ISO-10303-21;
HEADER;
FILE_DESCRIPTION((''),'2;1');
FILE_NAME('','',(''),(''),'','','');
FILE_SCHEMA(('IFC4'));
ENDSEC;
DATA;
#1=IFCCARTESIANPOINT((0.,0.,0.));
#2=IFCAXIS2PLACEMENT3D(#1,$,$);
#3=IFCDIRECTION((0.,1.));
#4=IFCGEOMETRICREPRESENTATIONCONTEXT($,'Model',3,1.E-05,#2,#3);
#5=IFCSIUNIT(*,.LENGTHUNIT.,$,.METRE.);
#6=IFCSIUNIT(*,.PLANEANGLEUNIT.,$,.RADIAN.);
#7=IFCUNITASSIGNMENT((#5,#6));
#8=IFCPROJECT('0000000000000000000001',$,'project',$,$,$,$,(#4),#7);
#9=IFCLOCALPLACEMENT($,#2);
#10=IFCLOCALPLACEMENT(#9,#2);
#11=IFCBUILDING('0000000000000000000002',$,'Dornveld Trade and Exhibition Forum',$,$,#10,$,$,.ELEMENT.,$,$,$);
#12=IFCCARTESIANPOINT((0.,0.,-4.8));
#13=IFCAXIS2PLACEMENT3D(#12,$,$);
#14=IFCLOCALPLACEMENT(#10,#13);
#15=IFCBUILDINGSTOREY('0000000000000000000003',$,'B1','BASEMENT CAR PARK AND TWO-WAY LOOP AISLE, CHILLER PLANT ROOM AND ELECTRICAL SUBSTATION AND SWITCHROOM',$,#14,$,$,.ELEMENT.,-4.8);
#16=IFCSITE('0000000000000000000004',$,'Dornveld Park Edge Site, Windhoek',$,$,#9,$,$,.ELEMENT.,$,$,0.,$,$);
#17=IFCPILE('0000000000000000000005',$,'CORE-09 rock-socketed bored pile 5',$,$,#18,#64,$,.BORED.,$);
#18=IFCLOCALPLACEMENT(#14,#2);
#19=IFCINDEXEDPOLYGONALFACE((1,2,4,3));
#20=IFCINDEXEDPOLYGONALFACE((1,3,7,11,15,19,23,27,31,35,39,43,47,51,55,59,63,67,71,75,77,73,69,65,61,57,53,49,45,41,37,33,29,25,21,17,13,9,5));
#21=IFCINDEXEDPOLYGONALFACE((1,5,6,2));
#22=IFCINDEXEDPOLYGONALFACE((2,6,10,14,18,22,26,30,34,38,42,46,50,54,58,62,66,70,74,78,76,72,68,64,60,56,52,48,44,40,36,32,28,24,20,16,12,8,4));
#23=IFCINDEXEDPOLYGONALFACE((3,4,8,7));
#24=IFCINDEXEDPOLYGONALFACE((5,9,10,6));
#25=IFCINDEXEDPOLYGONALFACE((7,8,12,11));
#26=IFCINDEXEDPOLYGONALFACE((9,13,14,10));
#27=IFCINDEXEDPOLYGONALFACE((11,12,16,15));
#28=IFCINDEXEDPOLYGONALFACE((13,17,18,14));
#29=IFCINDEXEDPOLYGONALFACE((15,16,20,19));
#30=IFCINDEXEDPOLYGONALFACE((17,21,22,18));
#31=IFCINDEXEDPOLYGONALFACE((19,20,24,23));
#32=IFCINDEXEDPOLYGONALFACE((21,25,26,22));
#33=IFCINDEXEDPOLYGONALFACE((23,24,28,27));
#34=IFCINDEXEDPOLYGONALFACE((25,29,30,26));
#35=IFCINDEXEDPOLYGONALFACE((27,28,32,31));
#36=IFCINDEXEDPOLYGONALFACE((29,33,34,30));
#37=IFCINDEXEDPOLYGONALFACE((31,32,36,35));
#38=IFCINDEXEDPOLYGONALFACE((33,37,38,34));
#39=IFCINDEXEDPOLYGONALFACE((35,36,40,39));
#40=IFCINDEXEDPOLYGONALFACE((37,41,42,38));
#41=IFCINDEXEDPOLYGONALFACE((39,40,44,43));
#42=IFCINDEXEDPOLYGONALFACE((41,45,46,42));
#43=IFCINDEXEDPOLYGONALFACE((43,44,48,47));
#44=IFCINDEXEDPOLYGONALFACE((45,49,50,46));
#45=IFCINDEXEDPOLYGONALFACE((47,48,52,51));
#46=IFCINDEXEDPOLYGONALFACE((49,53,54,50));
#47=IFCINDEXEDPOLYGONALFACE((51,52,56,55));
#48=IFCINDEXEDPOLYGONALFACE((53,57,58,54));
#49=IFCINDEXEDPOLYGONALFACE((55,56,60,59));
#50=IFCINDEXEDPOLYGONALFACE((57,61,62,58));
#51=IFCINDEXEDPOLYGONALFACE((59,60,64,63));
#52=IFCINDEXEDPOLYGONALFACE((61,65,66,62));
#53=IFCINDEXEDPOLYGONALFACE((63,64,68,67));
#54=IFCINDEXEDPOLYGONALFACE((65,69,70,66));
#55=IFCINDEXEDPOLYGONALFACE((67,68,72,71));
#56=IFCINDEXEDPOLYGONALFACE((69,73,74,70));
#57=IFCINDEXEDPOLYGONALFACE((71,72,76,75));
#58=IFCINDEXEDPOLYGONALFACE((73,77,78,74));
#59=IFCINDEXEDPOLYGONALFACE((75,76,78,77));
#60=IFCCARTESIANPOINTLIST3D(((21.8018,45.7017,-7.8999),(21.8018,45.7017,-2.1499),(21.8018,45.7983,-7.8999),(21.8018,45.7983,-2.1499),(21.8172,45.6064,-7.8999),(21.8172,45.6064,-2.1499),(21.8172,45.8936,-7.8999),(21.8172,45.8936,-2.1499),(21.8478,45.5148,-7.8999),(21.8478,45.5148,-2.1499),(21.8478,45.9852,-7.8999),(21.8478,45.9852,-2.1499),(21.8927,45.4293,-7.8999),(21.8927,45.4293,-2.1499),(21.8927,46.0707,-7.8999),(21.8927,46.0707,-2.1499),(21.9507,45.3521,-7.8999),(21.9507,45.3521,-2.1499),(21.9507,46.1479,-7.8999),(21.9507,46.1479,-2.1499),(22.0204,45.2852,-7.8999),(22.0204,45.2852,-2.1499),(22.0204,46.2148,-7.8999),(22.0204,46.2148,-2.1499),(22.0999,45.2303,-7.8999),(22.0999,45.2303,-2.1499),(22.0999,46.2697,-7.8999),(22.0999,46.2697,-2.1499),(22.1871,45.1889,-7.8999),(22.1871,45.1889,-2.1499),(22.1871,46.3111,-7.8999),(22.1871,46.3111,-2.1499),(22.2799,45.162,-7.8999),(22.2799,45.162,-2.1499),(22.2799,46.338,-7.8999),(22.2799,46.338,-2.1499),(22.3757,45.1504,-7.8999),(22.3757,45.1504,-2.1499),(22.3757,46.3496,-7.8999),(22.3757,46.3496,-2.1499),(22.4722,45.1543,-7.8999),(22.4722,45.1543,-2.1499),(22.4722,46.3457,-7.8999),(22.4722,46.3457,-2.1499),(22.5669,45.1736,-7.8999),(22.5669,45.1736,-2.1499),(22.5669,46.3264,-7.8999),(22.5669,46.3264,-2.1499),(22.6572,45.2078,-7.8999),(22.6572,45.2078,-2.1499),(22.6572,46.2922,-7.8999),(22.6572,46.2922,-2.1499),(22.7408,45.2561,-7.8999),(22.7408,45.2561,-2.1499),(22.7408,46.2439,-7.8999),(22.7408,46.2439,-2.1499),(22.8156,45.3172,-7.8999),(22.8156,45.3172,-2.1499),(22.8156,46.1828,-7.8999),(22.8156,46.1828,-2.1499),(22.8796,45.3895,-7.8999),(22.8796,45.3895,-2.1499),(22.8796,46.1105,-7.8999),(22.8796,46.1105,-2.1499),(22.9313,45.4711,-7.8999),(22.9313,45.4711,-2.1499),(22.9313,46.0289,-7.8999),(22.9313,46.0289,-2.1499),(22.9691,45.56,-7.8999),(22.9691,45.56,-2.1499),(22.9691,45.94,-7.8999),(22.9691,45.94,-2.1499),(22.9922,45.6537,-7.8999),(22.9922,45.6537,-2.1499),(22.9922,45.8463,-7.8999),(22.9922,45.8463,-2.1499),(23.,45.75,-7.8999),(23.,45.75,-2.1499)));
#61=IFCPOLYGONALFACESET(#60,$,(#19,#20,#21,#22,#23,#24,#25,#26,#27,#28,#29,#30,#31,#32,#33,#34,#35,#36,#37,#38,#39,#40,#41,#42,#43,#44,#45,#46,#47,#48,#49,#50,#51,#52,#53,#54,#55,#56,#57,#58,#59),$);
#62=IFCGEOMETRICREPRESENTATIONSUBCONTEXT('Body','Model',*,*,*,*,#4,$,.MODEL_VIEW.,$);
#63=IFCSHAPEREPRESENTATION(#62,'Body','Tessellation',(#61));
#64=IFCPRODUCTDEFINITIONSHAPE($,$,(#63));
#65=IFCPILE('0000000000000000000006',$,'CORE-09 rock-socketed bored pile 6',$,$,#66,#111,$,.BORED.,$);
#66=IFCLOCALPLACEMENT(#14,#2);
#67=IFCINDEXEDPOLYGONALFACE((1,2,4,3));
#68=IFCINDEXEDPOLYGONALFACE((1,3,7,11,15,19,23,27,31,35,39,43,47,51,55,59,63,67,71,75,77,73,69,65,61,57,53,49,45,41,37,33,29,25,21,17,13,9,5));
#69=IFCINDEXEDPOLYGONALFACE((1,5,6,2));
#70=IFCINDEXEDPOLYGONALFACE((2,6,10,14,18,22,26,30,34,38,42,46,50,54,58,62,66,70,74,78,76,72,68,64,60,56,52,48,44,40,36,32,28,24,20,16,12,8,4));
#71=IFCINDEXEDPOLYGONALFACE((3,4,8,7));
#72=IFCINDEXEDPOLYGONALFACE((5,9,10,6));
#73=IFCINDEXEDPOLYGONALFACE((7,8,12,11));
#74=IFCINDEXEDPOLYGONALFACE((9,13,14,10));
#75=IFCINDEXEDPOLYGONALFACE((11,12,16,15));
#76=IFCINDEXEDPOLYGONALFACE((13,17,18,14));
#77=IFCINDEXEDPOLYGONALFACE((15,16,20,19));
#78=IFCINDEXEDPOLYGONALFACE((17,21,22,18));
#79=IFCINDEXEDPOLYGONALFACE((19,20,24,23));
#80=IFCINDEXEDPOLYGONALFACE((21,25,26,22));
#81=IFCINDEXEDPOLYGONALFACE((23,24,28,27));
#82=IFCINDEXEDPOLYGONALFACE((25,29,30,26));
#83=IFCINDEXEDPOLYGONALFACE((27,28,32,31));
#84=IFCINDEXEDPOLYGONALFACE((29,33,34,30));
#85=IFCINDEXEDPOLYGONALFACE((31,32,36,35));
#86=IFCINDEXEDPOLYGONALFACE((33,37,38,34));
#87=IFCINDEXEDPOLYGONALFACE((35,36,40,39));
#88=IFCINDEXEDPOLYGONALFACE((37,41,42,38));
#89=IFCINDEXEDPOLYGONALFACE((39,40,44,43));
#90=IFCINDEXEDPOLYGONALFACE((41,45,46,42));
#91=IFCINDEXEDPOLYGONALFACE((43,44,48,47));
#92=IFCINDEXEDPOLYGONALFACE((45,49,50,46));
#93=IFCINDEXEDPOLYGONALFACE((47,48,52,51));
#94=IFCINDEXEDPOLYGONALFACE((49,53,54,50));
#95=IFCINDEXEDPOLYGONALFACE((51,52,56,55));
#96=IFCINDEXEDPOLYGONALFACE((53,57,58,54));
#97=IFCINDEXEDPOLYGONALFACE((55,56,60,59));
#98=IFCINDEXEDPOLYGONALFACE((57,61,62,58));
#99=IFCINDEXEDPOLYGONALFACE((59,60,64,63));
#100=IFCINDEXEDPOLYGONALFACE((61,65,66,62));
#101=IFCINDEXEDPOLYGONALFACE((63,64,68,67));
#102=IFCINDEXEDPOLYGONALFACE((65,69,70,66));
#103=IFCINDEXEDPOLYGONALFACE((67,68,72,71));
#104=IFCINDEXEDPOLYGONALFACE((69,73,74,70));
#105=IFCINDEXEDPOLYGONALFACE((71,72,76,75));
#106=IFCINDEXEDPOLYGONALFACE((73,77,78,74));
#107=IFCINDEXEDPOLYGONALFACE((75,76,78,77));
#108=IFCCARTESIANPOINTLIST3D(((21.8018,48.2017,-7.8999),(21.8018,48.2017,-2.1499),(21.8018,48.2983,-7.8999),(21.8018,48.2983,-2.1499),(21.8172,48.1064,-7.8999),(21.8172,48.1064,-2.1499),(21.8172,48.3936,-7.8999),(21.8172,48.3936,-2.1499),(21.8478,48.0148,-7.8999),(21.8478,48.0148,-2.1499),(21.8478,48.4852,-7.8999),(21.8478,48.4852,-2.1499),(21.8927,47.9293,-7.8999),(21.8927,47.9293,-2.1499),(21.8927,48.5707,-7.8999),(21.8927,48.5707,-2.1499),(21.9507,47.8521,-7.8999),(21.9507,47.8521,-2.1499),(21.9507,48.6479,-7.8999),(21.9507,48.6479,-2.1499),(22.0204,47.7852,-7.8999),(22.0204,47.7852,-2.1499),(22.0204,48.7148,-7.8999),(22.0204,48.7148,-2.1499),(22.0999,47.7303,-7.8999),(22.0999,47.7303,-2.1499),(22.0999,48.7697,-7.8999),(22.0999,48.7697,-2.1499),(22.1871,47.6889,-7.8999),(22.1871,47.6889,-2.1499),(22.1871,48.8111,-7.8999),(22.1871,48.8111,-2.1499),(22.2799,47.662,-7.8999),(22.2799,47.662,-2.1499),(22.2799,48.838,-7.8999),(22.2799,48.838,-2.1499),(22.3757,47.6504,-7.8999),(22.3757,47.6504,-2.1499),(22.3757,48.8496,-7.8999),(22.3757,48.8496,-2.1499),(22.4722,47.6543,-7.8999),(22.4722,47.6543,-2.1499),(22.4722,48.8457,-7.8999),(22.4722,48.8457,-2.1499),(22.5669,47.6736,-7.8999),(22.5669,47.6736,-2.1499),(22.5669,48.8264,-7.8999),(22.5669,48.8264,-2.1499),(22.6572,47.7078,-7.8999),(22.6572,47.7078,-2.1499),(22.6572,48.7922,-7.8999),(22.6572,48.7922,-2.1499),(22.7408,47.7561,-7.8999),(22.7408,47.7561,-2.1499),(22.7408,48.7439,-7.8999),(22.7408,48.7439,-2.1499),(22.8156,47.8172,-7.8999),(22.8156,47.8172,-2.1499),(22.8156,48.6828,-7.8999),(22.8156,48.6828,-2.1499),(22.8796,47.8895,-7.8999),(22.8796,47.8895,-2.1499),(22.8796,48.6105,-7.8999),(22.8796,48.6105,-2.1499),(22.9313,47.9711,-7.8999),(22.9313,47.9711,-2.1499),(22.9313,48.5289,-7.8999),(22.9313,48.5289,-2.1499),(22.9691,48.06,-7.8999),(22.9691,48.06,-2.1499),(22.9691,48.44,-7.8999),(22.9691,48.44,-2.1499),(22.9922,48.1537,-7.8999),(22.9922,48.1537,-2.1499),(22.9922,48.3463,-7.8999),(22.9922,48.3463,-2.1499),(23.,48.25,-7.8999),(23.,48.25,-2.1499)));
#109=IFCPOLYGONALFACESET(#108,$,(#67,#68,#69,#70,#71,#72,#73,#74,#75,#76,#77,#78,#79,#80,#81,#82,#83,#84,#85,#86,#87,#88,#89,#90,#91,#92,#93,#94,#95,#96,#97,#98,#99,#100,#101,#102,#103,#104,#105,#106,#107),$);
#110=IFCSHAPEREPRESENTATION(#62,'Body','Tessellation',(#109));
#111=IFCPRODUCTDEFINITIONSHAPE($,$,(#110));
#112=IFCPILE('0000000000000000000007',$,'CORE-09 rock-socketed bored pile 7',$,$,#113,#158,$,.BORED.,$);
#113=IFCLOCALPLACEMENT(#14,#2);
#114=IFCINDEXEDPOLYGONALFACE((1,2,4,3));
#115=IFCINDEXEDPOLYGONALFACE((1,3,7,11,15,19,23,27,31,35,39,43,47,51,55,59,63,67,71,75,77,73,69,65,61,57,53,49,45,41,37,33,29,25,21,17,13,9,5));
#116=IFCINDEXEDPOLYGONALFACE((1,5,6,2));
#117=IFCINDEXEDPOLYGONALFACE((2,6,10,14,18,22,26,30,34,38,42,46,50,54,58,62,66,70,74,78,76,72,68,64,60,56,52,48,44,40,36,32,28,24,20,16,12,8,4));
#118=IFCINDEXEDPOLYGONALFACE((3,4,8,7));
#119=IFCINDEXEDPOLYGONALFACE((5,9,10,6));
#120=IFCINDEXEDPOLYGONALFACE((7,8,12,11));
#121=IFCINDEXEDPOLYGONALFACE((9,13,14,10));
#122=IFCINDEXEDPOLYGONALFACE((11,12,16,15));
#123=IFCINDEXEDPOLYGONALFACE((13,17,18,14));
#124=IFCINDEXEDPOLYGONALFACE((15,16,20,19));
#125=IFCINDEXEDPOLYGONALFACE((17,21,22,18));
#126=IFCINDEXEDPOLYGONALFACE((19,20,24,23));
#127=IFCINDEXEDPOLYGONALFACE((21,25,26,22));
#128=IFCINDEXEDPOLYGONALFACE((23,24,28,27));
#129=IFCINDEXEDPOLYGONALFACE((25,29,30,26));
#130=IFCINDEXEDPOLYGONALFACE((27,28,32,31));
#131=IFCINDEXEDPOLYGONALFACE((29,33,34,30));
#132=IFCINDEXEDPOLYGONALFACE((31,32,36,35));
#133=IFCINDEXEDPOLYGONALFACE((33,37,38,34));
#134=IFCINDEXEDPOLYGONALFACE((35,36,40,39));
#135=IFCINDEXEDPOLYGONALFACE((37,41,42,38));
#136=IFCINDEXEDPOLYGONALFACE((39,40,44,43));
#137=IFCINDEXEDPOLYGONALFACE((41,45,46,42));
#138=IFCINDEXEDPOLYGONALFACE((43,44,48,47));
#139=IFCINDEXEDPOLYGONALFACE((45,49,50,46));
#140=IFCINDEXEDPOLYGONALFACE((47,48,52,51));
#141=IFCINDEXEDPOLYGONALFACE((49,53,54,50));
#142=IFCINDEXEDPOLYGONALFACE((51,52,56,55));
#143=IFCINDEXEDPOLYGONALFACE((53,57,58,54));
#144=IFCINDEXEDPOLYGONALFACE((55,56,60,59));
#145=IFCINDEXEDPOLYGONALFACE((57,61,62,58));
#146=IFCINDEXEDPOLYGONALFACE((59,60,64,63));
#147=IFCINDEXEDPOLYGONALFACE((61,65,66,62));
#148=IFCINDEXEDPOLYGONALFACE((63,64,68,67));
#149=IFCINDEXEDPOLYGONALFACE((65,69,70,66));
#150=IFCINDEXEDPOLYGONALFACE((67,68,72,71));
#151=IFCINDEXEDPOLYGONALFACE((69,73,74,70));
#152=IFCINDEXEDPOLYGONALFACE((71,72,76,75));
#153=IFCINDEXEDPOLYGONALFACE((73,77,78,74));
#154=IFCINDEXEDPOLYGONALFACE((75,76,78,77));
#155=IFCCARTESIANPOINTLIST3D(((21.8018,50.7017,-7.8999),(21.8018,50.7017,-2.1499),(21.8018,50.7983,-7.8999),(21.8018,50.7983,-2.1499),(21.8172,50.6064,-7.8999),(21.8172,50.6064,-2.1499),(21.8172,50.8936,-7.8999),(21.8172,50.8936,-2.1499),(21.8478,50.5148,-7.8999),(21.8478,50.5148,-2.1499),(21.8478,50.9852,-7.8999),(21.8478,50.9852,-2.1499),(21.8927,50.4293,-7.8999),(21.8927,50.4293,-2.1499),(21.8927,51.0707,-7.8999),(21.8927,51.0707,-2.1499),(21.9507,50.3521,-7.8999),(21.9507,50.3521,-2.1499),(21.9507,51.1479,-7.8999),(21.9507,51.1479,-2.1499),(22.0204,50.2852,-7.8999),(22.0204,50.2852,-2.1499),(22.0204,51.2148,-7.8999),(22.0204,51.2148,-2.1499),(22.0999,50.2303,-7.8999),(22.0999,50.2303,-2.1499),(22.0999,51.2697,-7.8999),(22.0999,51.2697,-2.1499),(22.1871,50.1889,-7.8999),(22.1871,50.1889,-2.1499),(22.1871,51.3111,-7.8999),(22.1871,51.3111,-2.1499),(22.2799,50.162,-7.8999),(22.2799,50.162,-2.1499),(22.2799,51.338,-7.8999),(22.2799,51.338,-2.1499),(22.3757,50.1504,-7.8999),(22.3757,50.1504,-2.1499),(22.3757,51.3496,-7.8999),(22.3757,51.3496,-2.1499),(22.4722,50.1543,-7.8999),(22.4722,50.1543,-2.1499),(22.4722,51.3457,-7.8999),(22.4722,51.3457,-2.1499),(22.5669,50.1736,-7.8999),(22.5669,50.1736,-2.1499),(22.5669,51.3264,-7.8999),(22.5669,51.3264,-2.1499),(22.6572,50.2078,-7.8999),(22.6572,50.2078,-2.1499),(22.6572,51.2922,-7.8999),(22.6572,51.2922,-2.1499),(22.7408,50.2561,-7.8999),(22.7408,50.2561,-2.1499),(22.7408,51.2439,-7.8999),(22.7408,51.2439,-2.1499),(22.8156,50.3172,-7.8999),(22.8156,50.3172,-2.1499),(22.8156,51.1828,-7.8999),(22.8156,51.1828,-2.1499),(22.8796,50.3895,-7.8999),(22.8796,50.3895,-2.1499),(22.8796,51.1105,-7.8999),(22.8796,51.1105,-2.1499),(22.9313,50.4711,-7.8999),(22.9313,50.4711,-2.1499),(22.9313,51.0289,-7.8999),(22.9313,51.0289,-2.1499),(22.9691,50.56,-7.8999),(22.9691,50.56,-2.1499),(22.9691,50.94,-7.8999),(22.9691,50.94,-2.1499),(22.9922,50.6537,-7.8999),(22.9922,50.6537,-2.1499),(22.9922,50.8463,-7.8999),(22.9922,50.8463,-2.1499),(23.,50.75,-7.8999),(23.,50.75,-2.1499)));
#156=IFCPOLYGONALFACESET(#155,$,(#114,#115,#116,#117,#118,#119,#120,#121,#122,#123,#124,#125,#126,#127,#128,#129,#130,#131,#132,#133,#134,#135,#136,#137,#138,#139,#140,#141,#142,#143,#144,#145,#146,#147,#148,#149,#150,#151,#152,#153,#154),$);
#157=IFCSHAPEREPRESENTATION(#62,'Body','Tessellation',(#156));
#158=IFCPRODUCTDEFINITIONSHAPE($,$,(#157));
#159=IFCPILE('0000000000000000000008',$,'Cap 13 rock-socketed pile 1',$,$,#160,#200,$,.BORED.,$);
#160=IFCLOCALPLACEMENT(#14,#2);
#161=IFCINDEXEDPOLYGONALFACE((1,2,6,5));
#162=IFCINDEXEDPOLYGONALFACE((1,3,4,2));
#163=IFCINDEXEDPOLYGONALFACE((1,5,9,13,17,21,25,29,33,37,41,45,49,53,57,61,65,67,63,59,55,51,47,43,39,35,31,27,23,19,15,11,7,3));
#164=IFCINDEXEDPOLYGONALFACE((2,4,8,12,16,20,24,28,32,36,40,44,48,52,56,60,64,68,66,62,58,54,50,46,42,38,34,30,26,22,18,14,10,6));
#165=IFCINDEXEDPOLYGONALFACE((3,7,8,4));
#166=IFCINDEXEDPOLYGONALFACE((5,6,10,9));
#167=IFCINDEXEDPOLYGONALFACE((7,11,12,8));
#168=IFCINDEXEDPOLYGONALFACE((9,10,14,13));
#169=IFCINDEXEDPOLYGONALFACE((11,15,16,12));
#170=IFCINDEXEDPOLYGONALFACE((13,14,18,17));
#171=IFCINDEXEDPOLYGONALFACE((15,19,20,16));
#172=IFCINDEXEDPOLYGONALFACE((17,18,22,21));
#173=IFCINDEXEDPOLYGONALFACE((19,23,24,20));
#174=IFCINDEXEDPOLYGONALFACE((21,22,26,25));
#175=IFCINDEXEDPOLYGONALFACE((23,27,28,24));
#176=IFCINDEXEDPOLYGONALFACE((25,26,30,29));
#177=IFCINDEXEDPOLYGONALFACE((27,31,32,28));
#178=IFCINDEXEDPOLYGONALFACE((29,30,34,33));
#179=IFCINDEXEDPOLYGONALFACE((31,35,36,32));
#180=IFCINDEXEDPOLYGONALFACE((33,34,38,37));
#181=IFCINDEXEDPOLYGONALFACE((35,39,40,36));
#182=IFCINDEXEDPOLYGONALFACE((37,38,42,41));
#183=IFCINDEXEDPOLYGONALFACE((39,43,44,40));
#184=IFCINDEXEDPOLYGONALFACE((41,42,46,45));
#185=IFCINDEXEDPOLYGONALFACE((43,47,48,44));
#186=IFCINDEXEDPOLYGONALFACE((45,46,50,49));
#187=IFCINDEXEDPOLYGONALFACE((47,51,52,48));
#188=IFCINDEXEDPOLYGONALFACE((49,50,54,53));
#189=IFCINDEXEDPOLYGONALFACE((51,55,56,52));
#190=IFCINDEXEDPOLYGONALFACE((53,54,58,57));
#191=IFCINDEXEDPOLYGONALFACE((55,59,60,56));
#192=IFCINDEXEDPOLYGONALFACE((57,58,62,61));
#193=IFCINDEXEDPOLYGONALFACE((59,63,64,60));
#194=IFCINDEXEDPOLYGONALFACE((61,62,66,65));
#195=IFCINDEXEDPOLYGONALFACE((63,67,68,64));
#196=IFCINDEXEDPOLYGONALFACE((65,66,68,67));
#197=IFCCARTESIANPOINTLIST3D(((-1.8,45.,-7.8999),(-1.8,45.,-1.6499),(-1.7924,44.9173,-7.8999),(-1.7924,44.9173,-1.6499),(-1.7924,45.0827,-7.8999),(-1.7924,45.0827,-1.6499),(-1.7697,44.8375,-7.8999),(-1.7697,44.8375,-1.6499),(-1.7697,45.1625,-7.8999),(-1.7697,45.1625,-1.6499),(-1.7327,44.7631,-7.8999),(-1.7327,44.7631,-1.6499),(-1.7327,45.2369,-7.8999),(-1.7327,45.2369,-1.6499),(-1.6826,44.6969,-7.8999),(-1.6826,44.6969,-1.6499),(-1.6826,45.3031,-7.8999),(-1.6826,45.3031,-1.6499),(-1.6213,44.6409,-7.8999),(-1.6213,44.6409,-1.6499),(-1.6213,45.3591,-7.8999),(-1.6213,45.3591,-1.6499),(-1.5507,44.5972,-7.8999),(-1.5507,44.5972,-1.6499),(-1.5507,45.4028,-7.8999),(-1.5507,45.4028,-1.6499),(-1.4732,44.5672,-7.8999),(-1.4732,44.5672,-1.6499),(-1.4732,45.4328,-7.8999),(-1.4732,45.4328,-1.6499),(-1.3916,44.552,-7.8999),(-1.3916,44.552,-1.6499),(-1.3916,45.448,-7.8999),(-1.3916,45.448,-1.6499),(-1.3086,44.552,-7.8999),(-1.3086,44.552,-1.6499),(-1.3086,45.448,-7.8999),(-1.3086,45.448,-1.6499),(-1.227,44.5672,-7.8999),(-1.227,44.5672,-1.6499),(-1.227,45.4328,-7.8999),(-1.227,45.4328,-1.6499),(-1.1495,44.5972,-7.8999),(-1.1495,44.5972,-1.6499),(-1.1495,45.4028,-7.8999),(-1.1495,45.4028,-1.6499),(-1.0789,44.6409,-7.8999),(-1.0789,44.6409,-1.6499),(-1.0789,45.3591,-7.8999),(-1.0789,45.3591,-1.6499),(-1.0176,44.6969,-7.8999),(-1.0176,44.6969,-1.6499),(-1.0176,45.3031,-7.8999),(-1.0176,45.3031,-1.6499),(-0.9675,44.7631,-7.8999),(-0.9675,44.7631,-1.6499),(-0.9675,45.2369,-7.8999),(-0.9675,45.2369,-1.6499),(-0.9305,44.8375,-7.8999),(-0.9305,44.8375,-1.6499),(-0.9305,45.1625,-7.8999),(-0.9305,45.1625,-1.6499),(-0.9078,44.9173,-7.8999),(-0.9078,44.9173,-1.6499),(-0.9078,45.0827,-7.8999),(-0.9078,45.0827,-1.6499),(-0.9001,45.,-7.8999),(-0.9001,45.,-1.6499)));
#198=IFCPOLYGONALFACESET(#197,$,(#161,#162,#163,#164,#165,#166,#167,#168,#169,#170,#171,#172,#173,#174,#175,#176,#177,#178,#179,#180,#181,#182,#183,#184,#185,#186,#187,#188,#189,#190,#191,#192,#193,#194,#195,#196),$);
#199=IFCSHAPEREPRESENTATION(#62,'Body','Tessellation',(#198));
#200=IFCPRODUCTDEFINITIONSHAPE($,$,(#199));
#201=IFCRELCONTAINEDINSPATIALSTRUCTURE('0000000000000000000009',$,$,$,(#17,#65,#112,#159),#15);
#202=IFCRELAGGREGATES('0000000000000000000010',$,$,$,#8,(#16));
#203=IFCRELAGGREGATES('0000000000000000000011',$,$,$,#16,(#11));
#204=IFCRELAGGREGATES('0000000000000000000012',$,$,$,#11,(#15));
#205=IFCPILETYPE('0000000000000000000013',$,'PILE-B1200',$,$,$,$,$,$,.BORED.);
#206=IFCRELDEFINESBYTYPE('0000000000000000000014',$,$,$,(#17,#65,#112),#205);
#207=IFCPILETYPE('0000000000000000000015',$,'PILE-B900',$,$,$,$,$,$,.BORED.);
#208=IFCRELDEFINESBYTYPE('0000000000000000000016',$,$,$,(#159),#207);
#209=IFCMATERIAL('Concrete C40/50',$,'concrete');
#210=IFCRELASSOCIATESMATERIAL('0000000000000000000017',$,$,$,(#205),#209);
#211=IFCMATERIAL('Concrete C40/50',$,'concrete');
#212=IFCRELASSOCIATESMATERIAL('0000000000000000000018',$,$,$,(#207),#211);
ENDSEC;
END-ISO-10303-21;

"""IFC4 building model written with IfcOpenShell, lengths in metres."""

from ifc_helpers import new_model, si_unit, direction, frame, origin, origin_2d, place, context, subcontext, project, spatial, circle, extrude, material, material_profile, profile_set, type_object, element, save


model = new_model("IFC4")

# Units and contexts
model_context = context("Model", 3, precision=1e-05, world=origin(), true_north=direction((0.0, 1.0)))
body_context = subcontext(model_context, "Body", "Model", "MODEL_VIEW")
ifc_project = project(units=[si_unit("LENGTHUNIT", "METRE"), si_unit("PLANEANGLEUNIT", "RADIAN")], contexts=[model_context])

# Site, building, storey
site_placement = place(None, origin())
site = spatial("IfcSite", under=ifc_project, at=site_placement, Name="Dornveld Park Edge Site, Windhoek", CompositionType="ELEMENT", RefElevation=0.0)
building_placement = place(site_placement, origin())
building = spatial("IfcBuilding", under=site, at=building_placement, Name="Dornveld Trade and Exhibition Forum", CompositionType="ELEMENT")
storey_placement = place(building_placement, frame((0.0, 0.0, -4.8)))
storey = spatial("IfcBuildingStorey", under=building, at=storey_placement, Name="B1", Description="BASEMENT CAR PARK AND TWO-WAY LOOP AISLE, CHILLER PLANT ROOM AND ELECTRICAL SUBSTATION AND SWITCHROOM", CompositionType="ELEMENT", Elevation=-4.8)

# Piles
ifc_material_1 = material(Name="Concrete C40/50", Category="concrete")
ifc_material_profile_1 = material_profile(ifc_material_1, circle(Radius=0.6001, at=origin_2d()), Name="PILE D1200")
ifc_profile_set_1 = profile_set([ifc_material_profile_1], Name="Concrete C40/50")
pile_type_1 = type_object("IfcPileType", Name="PILE-B1200", PredefinedType="BORED", material=ifc_profile_set_1)
for number, where, z_axis, x_axis, name in (
    (1, (22.3999, 45.75, -2.1499), (0.0, 0.0, -1.0), (1.0, 0.0, 0.0), "CORE-09 rock-socketed bored pile 5"),
    (2, (22.3999, 48.25, -2.1499), (0.0, 0.0, -1.0), (1.0, 0.0, 0.0), "CORE-09 rock-socketed bored pile 6"),
    (3, (22.3999, 50.75, -2.1499), (0.0, 0.0, -1.0), (1.0, 0.0, 0.0), "CORE-09 rock-socketed bored pile 7"),
):
    element("IfcPile", number, at=place(storey_placement, frame(where, z_axis=z_axis, x_axis=x_axis)), inside=storey, type_object=pile_type_1, Name=name, PredefinedType="BORED", context=body_context, shape_type="SweptSolid", body=[
        extrude(circle(Radius=0.6001, at=origin_2d()), origin(), (0.0, 0.0, 1.0), 5.75),
    ])
ifc_material_2 = material(Name="Concrete C40/50", Category="concrete")
ifc_material_profile_2 = material_profile(ifc_material_2, circle(Radius=0.45, at=origin_2d()), Name="PILE D900")
ifc_profile_set_2 = profile_set([ifc_material_profile_2], Name="Concrete C40/50")
pile_type_2 = type_object("IfcPileType", Name="PILE-B900", PredefinedType="BORED", material=ifc_profile_set_2)
for number, where, z_axis, x_axis, name in (
    (4, (-1.3501, 45.0, -1.6499), (0.0, 0.0, -1.0), (1.0, 0.0, 0.0), "Cap 13 rock-socketed pile 1"),
):
    element("IfcPile", number, at=place(storey_placement, frame(where, z_axis=z_axis, x_axis=x_axis)), inside=storey, type_object=pile_type_2, Name=name, PredefinedType="BORED", context=body_context, shape_type="SweptSolid", body=[
        extrude(circle(Radius=0.45, at=origin_2d()), origin(), (0.0, 0.0, 1.0), 6.25),
    ])

save(model, "model.ifc")
